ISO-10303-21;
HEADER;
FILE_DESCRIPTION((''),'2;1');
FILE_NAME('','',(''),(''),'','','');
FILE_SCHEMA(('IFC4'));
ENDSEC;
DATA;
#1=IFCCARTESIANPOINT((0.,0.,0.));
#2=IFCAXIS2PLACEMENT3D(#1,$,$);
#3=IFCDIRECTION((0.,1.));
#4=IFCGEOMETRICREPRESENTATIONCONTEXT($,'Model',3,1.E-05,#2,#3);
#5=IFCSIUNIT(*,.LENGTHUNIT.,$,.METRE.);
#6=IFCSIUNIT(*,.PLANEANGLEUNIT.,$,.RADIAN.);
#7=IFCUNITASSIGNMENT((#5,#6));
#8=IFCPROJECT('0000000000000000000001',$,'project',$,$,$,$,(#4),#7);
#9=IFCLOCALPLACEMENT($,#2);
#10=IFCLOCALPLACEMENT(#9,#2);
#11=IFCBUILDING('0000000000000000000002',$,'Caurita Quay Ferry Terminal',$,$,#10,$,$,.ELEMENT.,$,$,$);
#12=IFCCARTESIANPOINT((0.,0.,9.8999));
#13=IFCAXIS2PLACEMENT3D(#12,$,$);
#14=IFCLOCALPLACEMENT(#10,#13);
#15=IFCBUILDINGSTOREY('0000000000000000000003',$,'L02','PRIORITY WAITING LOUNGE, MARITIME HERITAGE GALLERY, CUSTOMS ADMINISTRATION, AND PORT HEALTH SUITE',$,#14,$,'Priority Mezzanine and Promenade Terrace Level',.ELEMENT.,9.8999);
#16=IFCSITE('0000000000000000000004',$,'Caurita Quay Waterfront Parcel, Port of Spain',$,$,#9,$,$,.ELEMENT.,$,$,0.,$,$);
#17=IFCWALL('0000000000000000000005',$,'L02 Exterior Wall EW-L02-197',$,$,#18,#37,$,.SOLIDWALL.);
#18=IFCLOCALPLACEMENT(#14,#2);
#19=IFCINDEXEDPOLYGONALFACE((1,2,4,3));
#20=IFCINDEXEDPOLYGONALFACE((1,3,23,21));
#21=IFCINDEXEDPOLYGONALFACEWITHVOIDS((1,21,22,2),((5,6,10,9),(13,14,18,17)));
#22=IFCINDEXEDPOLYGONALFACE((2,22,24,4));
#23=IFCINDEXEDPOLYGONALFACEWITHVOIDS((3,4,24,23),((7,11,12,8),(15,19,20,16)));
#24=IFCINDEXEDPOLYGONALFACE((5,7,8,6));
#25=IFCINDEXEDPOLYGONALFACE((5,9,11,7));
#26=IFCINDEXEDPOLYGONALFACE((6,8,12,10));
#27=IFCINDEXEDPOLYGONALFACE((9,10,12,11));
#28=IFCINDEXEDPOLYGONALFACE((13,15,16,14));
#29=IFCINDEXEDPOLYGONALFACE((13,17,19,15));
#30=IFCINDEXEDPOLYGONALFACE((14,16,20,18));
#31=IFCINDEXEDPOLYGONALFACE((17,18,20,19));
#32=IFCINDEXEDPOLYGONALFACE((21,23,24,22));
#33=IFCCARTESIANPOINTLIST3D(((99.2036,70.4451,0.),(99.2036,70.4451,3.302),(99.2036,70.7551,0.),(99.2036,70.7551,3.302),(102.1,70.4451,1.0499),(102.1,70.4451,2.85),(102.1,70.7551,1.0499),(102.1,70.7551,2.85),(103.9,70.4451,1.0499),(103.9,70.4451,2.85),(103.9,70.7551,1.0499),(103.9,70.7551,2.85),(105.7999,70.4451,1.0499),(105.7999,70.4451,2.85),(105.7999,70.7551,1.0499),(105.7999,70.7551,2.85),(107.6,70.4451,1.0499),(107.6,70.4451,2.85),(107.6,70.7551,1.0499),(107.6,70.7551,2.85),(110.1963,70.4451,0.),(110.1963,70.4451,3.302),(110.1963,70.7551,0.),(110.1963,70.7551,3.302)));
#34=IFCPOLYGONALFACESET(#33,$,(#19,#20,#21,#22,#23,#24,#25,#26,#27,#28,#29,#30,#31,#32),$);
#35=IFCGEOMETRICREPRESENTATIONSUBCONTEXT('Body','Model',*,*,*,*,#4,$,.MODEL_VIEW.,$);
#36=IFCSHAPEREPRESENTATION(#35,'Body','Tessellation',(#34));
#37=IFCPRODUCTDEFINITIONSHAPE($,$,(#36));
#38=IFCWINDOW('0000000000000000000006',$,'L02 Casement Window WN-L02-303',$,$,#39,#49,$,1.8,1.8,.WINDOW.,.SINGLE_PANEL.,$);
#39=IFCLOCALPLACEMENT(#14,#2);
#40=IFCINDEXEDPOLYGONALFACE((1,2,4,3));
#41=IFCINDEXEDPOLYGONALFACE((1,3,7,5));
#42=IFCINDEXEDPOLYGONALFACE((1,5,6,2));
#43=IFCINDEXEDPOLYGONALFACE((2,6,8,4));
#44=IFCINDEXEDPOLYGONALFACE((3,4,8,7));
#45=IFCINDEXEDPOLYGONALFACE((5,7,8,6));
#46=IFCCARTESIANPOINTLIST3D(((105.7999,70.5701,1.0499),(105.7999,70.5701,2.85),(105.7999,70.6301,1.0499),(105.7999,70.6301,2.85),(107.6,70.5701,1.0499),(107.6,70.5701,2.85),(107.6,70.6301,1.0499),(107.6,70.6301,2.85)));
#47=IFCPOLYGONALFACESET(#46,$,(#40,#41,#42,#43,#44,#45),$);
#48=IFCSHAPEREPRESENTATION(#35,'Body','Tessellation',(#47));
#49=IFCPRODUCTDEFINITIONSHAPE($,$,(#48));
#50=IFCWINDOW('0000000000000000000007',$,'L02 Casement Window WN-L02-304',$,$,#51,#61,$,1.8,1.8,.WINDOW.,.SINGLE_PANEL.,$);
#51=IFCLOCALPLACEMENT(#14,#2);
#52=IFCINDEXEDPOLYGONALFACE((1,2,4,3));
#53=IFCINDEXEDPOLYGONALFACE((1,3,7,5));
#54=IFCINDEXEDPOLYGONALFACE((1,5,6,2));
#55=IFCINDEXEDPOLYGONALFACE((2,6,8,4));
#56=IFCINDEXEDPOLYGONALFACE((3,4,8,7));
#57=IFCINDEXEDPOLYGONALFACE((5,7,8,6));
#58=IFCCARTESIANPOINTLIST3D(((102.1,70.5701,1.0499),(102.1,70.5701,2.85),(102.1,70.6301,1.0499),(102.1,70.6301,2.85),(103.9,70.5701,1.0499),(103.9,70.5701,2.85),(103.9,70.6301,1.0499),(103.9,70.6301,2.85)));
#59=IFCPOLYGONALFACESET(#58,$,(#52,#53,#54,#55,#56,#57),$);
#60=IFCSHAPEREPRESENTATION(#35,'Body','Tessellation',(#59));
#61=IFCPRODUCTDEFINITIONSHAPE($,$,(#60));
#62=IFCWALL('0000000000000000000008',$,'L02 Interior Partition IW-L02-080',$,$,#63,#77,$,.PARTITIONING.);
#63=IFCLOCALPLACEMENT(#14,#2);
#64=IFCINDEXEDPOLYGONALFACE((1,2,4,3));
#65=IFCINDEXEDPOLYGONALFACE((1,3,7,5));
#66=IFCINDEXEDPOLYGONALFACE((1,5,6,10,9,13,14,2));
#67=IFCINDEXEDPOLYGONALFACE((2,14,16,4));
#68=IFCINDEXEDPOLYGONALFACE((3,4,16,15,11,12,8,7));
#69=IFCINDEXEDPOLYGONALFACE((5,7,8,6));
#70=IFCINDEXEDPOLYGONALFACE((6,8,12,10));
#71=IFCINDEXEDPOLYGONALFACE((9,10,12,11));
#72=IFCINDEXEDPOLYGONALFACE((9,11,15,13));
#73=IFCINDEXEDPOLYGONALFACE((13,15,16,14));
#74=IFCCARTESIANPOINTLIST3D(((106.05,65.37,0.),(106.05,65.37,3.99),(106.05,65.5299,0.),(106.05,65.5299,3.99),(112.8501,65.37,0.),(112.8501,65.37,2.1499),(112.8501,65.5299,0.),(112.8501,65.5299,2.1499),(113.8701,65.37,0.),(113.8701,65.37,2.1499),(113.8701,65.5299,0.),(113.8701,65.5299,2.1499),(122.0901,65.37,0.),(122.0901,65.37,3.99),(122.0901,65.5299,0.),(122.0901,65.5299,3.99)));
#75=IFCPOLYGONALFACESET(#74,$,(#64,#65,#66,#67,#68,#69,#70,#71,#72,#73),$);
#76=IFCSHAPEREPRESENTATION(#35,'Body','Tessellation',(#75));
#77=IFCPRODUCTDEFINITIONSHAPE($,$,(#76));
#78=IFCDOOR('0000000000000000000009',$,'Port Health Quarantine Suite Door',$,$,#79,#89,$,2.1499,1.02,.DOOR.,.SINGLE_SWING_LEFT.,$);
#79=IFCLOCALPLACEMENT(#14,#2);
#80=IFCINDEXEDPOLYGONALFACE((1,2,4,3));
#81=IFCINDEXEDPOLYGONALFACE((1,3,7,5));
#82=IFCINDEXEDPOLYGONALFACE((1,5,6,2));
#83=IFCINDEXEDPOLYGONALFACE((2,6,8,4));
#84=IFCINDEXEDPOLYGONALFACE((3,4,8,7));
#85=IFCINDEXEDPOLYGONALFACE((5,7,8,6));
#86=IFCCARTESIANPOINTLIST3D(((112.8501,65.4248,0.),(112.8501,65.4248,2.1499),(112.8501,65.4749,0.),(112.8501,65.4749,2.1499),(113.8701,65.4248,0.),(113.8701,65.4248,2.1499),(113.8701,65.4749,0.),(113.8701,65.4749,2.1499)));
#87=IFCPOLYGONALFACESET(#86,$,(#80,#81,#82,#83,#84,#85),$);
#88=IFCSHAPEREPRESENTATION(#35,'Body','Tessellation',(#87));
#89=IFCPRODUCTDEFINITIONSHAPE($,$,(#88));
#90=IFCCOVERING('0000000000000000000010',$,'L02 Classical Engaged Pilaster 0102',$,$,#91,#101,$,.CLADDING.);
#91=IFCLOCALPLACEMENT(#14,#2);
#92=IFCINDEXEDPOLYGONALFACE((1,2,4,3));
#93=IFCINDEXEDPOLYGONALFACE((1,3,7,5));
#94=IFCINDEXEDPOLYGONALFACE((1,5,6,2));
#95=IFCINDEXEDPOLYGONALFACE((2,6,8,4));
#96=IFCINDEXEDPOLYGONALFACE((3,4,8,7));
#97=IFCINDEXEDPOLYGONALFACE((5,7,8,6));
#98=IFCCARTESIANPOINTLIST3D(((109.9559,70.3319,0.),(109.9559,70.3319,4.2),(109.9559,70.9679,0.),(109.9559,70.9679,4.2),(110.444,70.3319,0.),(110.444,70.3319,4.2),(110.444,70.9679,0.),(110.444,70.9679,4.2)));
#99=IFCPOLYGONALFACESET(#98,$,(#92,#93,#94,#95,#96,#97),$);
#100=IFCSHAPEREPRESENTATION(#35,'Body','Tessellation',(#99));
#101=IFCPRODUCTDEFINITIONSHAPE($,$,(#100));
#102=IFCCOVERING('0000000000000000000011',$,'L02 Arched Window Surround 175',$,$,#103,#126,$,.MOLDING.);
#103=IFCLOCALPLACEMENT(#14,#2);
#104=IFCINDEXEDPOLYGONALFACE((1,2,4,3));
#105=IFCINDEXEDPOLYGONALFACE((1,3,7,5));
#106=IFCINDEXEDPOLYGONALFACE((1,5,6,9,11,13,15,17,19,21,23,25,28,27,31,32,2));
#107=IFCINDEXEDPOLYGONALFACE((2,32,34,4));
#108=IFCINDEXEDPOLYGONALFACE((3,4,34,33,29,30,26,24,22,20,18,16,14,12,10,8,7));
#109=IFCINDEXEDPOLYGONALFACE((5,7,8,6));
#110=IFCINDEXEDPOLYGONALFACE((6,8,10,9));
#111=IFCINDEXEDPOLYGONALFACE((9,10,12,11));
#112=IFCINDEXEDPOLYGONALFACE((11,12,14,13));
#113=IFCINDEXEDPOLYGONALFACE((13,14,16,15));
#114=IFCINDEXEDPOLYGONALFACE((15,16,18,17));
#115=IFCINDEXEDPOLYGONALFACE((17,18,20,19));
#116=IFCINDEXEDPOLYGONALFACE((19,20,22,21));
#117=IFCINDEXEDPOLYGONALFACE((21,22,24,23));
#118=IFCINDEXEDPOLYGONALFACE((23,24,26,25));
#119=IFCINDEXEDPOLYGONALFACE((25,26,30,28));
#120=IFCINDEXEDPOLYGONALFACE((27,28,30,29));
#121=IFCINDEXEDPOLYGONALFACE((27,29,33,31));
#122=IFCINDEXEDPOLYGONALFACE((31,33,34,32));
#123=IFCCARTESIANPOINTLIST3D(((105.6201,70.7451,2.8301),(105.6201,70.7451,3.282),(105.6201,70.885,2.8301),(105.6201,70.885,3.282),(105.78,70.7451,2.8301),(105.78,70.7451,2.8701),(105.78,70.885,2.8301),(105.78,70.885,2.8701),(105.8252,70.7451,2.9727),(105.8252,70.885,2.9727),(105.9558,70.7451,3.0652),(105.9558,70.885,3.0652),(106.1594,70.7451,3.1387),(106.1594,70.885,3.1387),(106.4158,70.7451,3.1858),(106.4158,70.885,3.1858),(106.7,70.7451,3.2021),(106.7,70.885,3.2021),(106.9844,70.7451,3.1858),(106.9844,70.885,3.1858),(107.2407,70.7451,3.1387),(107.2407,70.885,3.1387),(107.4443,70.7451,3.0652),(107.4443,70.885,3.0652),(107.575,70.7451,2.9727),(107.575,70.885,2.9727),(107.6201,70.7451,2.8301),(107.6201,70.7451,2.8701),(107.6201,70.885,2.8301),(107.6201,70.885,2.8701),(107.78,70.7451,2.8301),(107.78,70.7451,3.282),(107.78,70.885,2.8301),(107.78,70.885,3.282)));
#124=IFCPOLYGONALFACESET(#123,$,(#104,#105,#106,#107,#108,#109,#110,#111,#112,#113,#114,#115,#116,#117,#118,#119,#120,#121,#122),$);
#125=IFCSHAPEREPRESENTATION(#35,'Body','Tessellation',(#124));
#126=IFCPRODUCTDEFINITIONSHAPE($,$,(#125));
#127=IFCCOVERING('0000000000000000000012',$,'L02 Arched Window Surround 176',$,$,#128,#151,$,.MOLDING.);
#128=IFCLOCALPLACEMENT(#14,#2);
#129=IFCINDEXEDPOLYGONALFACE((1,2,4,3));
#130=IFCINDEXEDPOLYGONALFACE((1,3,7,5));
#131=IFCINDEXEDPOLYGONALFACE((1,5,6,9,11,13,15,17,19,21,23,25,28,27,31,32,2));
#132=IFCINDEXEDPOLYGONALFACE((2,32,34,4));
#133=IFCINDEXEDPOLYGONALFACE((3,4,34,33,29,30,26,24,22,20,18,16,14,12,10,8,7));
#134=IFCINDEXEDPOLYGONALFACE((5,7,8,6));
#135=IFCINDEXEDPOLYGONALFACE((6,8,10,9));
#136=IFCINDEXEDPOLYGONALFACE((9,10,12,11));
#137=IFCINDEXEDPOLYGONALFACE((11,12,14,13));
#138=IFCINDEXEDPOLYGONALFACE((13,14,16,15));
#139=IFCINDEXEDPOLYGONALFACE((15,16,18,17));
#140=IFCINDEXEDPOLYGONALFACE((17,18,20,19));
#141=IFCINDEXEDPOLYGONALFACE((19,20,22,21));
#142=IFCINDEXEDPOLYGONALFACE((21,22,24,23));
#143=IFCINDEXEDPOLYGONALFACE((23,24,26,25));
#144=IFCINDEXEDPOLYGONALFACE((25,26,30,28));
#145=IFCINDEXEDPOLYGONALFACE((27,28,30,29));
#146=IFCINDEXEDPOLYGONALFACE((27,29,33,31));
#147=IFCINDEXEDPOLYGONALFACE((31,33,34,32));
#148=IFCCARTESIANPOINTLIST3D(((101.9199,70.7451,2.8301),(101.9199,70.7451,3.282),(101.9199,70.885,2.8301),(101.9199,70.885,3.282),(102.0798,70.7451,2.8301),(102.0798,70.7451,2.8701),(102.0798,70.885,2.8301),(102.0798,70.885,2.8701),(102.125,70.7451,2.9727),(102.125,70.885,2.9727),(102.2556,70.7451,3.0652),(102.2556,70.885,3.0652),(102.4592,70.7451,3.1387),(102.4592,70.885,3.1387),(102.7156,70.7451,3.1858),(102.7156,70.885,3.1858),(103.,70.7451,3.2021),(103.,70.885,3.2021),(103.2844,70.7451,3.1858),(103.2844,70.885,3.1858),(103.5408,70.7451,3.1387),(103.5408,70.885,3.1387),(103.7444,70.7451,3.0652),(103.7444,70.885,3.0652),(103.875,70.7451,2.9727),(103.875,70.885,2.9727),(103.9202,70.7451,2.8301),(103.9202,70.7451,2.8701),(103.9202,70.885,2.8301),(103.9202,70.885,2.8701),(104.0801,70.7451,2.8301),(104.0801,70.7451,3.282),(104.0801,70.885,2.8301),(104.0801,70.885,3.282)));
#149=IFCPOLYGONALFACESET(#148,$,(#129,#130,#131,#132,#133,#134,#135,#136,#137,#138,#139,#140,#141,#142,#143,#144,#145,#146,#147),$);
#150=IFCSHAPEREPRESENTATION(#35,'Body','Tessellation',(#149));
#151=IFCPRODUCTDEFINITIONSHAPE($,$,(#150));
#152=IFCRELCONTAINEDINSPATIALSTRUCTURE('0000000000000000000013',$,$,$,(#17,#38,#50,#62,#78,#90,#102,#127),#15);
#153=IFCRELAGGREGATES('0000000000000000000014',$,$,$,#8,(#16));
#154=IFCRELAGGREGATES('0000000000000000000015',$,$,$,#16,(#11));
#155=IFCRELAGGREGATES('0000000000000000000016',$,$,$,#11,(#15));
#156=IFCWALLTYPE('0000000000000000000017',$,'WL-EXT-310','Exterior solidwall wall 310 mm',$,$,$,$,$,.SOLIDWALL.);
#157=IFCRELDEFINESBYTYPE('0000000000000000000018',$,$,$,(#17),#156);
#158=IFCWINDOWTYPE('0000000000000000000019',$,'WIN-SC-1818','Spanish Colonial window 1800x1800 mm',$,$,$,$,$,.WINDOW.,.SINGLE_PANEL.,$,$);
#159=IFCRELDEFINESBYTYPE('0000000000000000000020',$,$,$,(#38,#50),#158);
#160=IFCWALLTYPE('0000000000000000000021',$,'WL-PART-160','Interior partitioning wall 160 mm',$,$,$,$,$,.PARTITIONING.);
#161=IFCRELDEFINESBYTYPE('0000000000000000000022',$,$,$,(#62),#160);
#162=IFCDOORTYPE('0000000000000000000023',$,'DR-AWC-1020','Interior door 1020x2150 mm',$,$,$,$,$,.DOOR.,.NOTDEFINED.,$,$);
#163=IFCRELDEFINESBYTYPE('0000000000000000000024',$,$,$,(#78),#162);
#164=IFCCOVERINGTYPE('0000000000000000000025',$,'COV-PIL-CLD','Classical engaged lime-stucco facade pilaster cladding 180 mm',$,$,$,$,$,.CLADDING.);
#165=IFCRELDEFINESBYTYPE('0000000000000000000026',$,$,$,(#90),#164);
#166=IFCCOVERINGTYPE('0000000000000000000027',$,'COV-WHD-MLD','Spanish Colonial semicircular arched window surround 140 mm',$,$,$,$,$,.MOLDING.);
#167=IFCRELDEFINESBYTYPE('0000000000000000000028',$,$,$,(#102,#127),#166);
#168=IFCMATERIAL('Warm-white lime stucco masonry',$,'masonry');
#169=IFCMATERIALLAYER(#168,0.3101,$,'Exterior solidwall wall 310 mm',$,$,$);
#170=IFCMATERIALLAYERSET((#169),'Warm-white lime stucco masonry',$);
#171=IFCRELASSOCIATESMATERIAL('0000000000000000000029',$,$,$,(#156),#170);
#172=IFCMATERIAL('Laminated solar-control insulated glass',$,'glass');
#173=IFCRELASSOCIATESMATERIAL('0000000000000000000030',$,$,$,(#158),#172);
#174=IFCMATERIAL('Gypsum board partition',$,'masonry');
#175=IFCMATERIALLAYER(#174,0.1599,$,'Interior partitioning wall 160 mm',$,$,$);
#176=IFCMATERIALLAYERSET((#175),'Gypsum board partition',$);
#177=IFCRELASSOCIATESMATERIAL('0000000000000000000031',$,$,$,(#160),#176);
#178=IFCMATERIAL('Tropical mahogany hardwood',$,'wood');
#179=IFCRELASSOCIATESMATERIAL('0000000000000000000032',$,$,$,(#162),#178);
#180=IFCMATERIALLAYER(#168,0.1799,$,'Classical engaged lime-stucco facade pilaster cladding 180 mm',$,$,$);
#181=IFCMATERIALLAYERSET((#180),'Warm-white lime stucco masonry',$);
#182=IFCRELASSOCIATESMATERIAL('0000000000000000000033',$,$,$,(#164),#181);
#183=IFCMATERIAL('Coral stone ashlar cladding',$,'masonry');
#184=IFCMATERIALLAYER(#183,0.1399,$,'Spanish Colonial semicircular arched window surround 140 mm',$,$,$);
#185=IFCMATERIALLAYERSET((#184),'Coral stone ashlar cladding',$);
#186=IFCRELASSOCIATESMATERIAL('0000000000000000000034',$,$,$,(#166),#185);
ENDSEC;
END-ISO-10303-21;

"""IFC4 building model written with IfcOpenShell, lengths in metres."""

from ifc_helpers import new_model, si_unit, direction, frame, frame_2d, origin, origin_2d, place, context, subcontext, project, spatial, polyline, rectangle, outline, extrude, material, layer, layer_set, type_object, element, fill, save


model = new_model("IFC4")

# Units and contexts
model_context = context("Model", 3, precision=1e-05, world=origin(), true_north=direction((0.0, 1.0)))
body_context = subcontext(model_context, "Body", "Model", "MODEL_VIEW")
ifc_project = project(units=[si_unit("LENGTHUNIT", "METRE"), si_unit("PLANEANGLEUNIT", "RADIAN")], contexts=[model_context])

# Site, building, storey
site_placement = place(None, origin())
site = spatial("IfcSite", under=ifc_project, at=site_placement, Name="Caurita Quay Waterfront Parcel, Port of Spain", CompositionType="ELEMENT", RefElevation=0.0)
building_placement = place(site_placement, origin())
building = spatial("IfcBuilding", under=site, at=building_placement, Name="Caurita Quay Ferry Terminal", CompositionType="ELEMENT")
storey_placement = place(building_placement, frame((0.0, 0.0, 9.8999)))
storey = spatial("IfcBuildingStorey", under=building, at=storey_placement, Name="L02", Description="PRIORITY WAITING LOUNGE, MARITIME HERITAGE GALLERY, CUSTOMS ADMINISTRATION, AND PORT HEALTH SUITE", LongName="Priority Mezzanine and Promenade Terrace Level", CompositionType="ELEMENT", Elevation=9.8999)

# Wall, openings, windows
ifc_material_1 = material(Name="Warm-white lime stucco masonry", Category="masonry")
ifc_layer_1 = layer(ifc_material_1, 0.3101, Name="Exterior solidwall wall 310 mm")
ifc_layer_set_1 = layer_set([ifc_layer_1], Name="Warm-white lime stucco masonry")
wall_type_1 = type_object("IfcWallType", Name="WL-EXT-310", Description="Exterior solidwall wall 310 mm", PredefinedType="SOLIDWALL", material=ifc_layer_set_1)
wall_1_placement = place(storey_placement, frame((110.1963, 70.6001, 0.0), z_axis=(0.0, 0.0, 1.0), x_axis=(-1.0, 0.0, 0.0)))
wall_1 = element("IfcWall", 1, at=wall_1_placement, inside=storey, type_object=wall_type_1, Name="L02 Exterior Wall EW-L02-197", PredefinedType="SOLIDWALL", context=body_context, shape_type="SweptSolid", body=[
    extrude(rectangle(XDim=10.9927, YDim=0.3101, at=frame_2d((5.4963, 0.0))), origin(), (0.0, 0.0, 1.0), 3.302),
])
opening_1_placement = place(wall_1_placement, frame((2.5964, 0.0, 1.05)))
opening_1 = element("IfcOpeningElement", 2, at=opening_1_placement, cuts=wall_1, PredefinedType="OPENING", context=body_context, shape_type="SweptSolid", body=[
    extrude(rectangle(XDim=1.8, YDim=1.8, at=frame_2d((0.8999, 0.8999))), frame((0.0, 0.165, 0.0), z_axis=(0.0, -1.0, 0.0), x_axis=(1.0, 0.0, 0.0)), (0.0, 0.0, 1.0), 0.3301),
])
opening_2_placement = place(wall_1_placement, frame((6.2964, 0.0, 1.05)))
opening_2 = element("IfcOpeningElement", 3, at=opening_2_placement, cuts=wall_1, PredefinedType="OPENING", context=body_context, shape_type="SweptSolid", body=[
    extrude(rectangle(XDim=1.8, YDim=1.8, at=frame_2d((0.8999, 0.8999))), frame((0.0, 0.165, 0.0), z_axis=(0.0, -1.0, 0.0), x_axis=(1.0, 0.0, 0.0)), (0.0, 0.0, 1.0), 0.3301),
])
ifc_material_2 = material(Name="Laminated solar-control insulated glass", Category="glass")
window_type = type_object("IfcWindowType", Name="WIN-SC-1818", Description="Spanish Colonial window 1800x1800 mm", PartitioningType="SINGLE_PANEL", PredefinedType="WINDOW", material=ifc_material_2)
window_1_placement = place(opening_1_placement, origin())
window_1 = element("IfcWindow", 4, at=window_1_placement, inside=storey, type_object=window_type, Name="L02 Casement Window WN-L02-303", OverallHeight=1.8, OverallWidth=1.8, PartitioningType="SINGLE_PANEL", PredefinedType="WINDOW", context=body_context, shape_type="SweptSolid", body=[
    extrude(rectangle(XDim=1.8, YDim=1.8, at=frame_2d((0.8999, 0.8999))), frame((0.0, 0.03, 0.0), z_axis=(0.0, -1.0, 0.0), x_axis=(1.0, 0.0, 0.0)), (0.0, 0.0, 1.0), 0.0601),
])
fill(opening_1, window_1)
window_2_placement = place(opening_2_placement, origin())
window_2 = element("IfcWindow", 5, at=window_2_placement, inside=storey, type_object=window_type, Name="L02 Casement Window WN-L02-304", OverallHeight=1.8, OverallWidth=1.8, PartitioningType="SINGLE_PANEL", PredefinedType="WINDOW", context=body_context, shape_type="SweptSolid", body=[
    extrude(rectangle(XDim=1.8, YDim=1.8, at=frame_2d((0.8999, 0.8999))), frame((0.0, 0.03, 0.0), z_axis=(0.0, -1.0, 0.0), x_axis=(1.0, 0.0, 0.0)), (0.0, 0.0, 1.0), 0.0601),
])
fill(opening_2, window_2)

# Wall, opening, door
ifc_material_3 = material(Name="Gypsum board partition", Category="masonry")
ifc_layer_2 = layer(ifc_material_3, 0.1599, Name="Interior partitioning wall 160 mm")
ifc_layer_set_2 = layer_set([ifc_layer_2], Name="Gypsum board partition")
wall_type_2 = type_object("IfcWallType", Name="WL-PART-160", Description="Interior partitioning wall 160 mm", PredefinedType="PARTITIONING", material=ifc_layer_set_2)
wall_2_placement = place(storey_placement, frame((106.05, 65.45, 0.0), z_axis=(0.0, 0.0, 1.0), x_axis=(1.0, 0.0, 0.0)))
wall_2 = element("IfcWall", 6, at=wall_2_placement, inside=storey, type_object=wall_type_2, Name="L02 Interior Partition IW-L02-080", PredefinedType="PARTITIONING", context=body_context, shape_type="SweptSolid", body=[
    extrude(rectangle(XDim=16.04, YDim=0.1599, at=frame_2d((8.02, 0.0))), origin(), (0.0, 0.0, 1.0), 3.99),
])
opening_3_placement = place(wall_2_placement, frame((6.8, 0.0, 0.0)))
opening_3 = element("IfcOpeningElement", 7, at=opening_3_placement, cuts=wall_2, PredefinedType="OPENING", context=body_context, shape_type="SweptSolid", body=[
    extrude(rectangle(XDim=1.02, YDim=2.1499, at=frame_2d((0.51, 1.075))), frame((0.0, 0.0898, 0.0), z_axis=(0.0, -1.0, 0.0), x_axis=(1.0, 0.0, 0.0)), (0.0, 0.0, 1.0), 0.1799),
])
ifc_material_4 = material(Name="Tropical mahogany hardwood", Category="wood")
door_type = type_object("IfcDoorType", Name="DR-AWC-1020", Description="Interior door 1020x2150 mm", OperationType="NOTDEFINED", PredefinedType="DOOR", material=ifc_material_4)
door_placement = place(opening_3_placement, origin())
door = element("IfcDoor", 8, at=door_placement, inside=storey, type_object=door_type, Name="Port Health Quarantine Suite Door", OperationType="SINGLE_SWING_LEFT", OverallHeight=2.1499, OverallWidth=1.02, PredefinedType="DOOR", context=body_context, shape_type="SweptSolid", body=[
    extrude(rectangle(XDim=1.02, YDim=2.1499, at=frame_2d((0.51, 1.075))), frame((0.0, 0.0249, 0.0), z_axis=(0.0, -1.0, 0.0), x_axis=(1.0, 0.0, 0.0)), (0.0, 0.0, 1.0), 0.05),
])
fill(opening_3, door)

# Coverings
ifc_layer_3 = layer(ifc_material_1, 0.1799, Name="Classical engaged lime-stucco facade pilaster cladding 180 mm")
ifc_layer_set_3 = layer_set([ifc_layer_3], Name="Warm-white lime stucco masonry")
covering_type_1 = type_object("IfcCoveringType", Name="COV-PIL-CLD", Description="Classical engaged lime-stucco facade pilaster cladding 180 mm", PredefinedType="CLADDING", material=ifc_layer_set_3)
covering_1_placement = place(storey_placement, frame((110.2, 70.6499, 0.0), z_axis=(0.0, 0.0, 1.0), x_axis=(1.0, 0.0, 0.0)))
element("IfcCovering", 9, at=covering_1_placement, inside=storey, type_object=covering_type_1, Name="L02 Classical Engaged Pilaster 0102", PredefinedType="CLADDING", context=body_context, shape_type="SweptSolid", body=[
    extrude(rectangle(XDim=0.488, YDim=0.636, at=origin_2d()), origin(), (0.0, 0.0, 1.0), 4.2),
])
ifc_material_5 = material(Name="Coral stone ashlar cladding", Category="masonry")
ifc_layer_4 = layer(ifc_material_5, 0.1399, Name="Spanish Colonial semicircular arched window surround 140 mm")
ifc_layer_set_4 = layer_set([ifc_layer_4], Name="Coral stone ashlar cladding")
covering_type_2 = type_object("IfcCoveringType", Name="COV-WHD-MLD", Description="Spanish Colonial semicircular arched window surround 140 mm", PredefinedType="MOLDING", material=ifc_layer_set_4)
covering_2_placement = place(storey_placement, frame((107.78, 70.8149, 2.8301), z_axis=(0.0, 0.0, 1.0), x_axis=(-1.0, 0.0, 0.0)))
element("IfcCovering", 10, at=covering_2_placement, inside=storey, type_object=covering_type_2, Name="L02 Arched Window Surround 175", PredefinedType="MOLDING", context=body_context, shape_type="SweptSolid", body=[
    extrude(outline(polyline([(0.0, 0.0), (0.1599, 0.0), (0.1599, 0.04), (0.2051, 0.1426), (0.3357, 0.2351), (0.5393, 0.3086), (0.7957, 0.3557), (1.0801, 0.3721), (1.3643, 0.3557), (1.6206, 0.3086), (1.8242, 0.2351), (1.9548, 0.1426), (2.0, 0.04), (2.0, 0.0), (2.1599, 0.0), (2.1599, 0.4519), (0.0, 0.4519), (0.0, 0.0)])), frame((0.0, 0.0698, 0.0), z_axis=(0.0, -1.0, 0.0), x_axis=(1.0, 0.0, 0.0)), (0.0, 0.0, 1.0), 0.1399),
])
covering_3_placement = place(storey_placement, frame((104.0801, 70.8149, 2.8301), z_axis=(0.0, 0.0, 1.0), x_axis=(-1.0, 0.0, 0.0)))
element("IfcCovering", 11, at=covering_3_placement, inside=storey, type_object=covering_type_2, Name="L02 Arched Window Surround 176", PredefinedType="MOLDING", context=body_context, shape_type="SweptSolid", body=[
    extrude(outline(polyline([(0.0, 0.0), (0.1599, 0.0), (0.1599, 0.04), (0.2051, 0.1426), (0.3357, 0.2351), (0.5393, 0.3086), (0.7957, 0.3557), (1.0801, 0.3721), (1.3645, 0.3557), (1.6208, 0.3086), (1.8245, 0.2351), (1.9551, 0.1426), (2.0002, 0.04), (2.0002, 0.0), (2.1602, 0.0), (2.1602, 0.4519), (0.0, 0.4519), (0.0, 0.0)])), frame((0.0, 0.0698, 0.0), z_axis=(0.0, -1.0, 0.0), x_axis=(1.0, 0.0, 0.0)), (0.0, 0.0, 1.0), 0.1399),
])

save(model, "model.ifc")
